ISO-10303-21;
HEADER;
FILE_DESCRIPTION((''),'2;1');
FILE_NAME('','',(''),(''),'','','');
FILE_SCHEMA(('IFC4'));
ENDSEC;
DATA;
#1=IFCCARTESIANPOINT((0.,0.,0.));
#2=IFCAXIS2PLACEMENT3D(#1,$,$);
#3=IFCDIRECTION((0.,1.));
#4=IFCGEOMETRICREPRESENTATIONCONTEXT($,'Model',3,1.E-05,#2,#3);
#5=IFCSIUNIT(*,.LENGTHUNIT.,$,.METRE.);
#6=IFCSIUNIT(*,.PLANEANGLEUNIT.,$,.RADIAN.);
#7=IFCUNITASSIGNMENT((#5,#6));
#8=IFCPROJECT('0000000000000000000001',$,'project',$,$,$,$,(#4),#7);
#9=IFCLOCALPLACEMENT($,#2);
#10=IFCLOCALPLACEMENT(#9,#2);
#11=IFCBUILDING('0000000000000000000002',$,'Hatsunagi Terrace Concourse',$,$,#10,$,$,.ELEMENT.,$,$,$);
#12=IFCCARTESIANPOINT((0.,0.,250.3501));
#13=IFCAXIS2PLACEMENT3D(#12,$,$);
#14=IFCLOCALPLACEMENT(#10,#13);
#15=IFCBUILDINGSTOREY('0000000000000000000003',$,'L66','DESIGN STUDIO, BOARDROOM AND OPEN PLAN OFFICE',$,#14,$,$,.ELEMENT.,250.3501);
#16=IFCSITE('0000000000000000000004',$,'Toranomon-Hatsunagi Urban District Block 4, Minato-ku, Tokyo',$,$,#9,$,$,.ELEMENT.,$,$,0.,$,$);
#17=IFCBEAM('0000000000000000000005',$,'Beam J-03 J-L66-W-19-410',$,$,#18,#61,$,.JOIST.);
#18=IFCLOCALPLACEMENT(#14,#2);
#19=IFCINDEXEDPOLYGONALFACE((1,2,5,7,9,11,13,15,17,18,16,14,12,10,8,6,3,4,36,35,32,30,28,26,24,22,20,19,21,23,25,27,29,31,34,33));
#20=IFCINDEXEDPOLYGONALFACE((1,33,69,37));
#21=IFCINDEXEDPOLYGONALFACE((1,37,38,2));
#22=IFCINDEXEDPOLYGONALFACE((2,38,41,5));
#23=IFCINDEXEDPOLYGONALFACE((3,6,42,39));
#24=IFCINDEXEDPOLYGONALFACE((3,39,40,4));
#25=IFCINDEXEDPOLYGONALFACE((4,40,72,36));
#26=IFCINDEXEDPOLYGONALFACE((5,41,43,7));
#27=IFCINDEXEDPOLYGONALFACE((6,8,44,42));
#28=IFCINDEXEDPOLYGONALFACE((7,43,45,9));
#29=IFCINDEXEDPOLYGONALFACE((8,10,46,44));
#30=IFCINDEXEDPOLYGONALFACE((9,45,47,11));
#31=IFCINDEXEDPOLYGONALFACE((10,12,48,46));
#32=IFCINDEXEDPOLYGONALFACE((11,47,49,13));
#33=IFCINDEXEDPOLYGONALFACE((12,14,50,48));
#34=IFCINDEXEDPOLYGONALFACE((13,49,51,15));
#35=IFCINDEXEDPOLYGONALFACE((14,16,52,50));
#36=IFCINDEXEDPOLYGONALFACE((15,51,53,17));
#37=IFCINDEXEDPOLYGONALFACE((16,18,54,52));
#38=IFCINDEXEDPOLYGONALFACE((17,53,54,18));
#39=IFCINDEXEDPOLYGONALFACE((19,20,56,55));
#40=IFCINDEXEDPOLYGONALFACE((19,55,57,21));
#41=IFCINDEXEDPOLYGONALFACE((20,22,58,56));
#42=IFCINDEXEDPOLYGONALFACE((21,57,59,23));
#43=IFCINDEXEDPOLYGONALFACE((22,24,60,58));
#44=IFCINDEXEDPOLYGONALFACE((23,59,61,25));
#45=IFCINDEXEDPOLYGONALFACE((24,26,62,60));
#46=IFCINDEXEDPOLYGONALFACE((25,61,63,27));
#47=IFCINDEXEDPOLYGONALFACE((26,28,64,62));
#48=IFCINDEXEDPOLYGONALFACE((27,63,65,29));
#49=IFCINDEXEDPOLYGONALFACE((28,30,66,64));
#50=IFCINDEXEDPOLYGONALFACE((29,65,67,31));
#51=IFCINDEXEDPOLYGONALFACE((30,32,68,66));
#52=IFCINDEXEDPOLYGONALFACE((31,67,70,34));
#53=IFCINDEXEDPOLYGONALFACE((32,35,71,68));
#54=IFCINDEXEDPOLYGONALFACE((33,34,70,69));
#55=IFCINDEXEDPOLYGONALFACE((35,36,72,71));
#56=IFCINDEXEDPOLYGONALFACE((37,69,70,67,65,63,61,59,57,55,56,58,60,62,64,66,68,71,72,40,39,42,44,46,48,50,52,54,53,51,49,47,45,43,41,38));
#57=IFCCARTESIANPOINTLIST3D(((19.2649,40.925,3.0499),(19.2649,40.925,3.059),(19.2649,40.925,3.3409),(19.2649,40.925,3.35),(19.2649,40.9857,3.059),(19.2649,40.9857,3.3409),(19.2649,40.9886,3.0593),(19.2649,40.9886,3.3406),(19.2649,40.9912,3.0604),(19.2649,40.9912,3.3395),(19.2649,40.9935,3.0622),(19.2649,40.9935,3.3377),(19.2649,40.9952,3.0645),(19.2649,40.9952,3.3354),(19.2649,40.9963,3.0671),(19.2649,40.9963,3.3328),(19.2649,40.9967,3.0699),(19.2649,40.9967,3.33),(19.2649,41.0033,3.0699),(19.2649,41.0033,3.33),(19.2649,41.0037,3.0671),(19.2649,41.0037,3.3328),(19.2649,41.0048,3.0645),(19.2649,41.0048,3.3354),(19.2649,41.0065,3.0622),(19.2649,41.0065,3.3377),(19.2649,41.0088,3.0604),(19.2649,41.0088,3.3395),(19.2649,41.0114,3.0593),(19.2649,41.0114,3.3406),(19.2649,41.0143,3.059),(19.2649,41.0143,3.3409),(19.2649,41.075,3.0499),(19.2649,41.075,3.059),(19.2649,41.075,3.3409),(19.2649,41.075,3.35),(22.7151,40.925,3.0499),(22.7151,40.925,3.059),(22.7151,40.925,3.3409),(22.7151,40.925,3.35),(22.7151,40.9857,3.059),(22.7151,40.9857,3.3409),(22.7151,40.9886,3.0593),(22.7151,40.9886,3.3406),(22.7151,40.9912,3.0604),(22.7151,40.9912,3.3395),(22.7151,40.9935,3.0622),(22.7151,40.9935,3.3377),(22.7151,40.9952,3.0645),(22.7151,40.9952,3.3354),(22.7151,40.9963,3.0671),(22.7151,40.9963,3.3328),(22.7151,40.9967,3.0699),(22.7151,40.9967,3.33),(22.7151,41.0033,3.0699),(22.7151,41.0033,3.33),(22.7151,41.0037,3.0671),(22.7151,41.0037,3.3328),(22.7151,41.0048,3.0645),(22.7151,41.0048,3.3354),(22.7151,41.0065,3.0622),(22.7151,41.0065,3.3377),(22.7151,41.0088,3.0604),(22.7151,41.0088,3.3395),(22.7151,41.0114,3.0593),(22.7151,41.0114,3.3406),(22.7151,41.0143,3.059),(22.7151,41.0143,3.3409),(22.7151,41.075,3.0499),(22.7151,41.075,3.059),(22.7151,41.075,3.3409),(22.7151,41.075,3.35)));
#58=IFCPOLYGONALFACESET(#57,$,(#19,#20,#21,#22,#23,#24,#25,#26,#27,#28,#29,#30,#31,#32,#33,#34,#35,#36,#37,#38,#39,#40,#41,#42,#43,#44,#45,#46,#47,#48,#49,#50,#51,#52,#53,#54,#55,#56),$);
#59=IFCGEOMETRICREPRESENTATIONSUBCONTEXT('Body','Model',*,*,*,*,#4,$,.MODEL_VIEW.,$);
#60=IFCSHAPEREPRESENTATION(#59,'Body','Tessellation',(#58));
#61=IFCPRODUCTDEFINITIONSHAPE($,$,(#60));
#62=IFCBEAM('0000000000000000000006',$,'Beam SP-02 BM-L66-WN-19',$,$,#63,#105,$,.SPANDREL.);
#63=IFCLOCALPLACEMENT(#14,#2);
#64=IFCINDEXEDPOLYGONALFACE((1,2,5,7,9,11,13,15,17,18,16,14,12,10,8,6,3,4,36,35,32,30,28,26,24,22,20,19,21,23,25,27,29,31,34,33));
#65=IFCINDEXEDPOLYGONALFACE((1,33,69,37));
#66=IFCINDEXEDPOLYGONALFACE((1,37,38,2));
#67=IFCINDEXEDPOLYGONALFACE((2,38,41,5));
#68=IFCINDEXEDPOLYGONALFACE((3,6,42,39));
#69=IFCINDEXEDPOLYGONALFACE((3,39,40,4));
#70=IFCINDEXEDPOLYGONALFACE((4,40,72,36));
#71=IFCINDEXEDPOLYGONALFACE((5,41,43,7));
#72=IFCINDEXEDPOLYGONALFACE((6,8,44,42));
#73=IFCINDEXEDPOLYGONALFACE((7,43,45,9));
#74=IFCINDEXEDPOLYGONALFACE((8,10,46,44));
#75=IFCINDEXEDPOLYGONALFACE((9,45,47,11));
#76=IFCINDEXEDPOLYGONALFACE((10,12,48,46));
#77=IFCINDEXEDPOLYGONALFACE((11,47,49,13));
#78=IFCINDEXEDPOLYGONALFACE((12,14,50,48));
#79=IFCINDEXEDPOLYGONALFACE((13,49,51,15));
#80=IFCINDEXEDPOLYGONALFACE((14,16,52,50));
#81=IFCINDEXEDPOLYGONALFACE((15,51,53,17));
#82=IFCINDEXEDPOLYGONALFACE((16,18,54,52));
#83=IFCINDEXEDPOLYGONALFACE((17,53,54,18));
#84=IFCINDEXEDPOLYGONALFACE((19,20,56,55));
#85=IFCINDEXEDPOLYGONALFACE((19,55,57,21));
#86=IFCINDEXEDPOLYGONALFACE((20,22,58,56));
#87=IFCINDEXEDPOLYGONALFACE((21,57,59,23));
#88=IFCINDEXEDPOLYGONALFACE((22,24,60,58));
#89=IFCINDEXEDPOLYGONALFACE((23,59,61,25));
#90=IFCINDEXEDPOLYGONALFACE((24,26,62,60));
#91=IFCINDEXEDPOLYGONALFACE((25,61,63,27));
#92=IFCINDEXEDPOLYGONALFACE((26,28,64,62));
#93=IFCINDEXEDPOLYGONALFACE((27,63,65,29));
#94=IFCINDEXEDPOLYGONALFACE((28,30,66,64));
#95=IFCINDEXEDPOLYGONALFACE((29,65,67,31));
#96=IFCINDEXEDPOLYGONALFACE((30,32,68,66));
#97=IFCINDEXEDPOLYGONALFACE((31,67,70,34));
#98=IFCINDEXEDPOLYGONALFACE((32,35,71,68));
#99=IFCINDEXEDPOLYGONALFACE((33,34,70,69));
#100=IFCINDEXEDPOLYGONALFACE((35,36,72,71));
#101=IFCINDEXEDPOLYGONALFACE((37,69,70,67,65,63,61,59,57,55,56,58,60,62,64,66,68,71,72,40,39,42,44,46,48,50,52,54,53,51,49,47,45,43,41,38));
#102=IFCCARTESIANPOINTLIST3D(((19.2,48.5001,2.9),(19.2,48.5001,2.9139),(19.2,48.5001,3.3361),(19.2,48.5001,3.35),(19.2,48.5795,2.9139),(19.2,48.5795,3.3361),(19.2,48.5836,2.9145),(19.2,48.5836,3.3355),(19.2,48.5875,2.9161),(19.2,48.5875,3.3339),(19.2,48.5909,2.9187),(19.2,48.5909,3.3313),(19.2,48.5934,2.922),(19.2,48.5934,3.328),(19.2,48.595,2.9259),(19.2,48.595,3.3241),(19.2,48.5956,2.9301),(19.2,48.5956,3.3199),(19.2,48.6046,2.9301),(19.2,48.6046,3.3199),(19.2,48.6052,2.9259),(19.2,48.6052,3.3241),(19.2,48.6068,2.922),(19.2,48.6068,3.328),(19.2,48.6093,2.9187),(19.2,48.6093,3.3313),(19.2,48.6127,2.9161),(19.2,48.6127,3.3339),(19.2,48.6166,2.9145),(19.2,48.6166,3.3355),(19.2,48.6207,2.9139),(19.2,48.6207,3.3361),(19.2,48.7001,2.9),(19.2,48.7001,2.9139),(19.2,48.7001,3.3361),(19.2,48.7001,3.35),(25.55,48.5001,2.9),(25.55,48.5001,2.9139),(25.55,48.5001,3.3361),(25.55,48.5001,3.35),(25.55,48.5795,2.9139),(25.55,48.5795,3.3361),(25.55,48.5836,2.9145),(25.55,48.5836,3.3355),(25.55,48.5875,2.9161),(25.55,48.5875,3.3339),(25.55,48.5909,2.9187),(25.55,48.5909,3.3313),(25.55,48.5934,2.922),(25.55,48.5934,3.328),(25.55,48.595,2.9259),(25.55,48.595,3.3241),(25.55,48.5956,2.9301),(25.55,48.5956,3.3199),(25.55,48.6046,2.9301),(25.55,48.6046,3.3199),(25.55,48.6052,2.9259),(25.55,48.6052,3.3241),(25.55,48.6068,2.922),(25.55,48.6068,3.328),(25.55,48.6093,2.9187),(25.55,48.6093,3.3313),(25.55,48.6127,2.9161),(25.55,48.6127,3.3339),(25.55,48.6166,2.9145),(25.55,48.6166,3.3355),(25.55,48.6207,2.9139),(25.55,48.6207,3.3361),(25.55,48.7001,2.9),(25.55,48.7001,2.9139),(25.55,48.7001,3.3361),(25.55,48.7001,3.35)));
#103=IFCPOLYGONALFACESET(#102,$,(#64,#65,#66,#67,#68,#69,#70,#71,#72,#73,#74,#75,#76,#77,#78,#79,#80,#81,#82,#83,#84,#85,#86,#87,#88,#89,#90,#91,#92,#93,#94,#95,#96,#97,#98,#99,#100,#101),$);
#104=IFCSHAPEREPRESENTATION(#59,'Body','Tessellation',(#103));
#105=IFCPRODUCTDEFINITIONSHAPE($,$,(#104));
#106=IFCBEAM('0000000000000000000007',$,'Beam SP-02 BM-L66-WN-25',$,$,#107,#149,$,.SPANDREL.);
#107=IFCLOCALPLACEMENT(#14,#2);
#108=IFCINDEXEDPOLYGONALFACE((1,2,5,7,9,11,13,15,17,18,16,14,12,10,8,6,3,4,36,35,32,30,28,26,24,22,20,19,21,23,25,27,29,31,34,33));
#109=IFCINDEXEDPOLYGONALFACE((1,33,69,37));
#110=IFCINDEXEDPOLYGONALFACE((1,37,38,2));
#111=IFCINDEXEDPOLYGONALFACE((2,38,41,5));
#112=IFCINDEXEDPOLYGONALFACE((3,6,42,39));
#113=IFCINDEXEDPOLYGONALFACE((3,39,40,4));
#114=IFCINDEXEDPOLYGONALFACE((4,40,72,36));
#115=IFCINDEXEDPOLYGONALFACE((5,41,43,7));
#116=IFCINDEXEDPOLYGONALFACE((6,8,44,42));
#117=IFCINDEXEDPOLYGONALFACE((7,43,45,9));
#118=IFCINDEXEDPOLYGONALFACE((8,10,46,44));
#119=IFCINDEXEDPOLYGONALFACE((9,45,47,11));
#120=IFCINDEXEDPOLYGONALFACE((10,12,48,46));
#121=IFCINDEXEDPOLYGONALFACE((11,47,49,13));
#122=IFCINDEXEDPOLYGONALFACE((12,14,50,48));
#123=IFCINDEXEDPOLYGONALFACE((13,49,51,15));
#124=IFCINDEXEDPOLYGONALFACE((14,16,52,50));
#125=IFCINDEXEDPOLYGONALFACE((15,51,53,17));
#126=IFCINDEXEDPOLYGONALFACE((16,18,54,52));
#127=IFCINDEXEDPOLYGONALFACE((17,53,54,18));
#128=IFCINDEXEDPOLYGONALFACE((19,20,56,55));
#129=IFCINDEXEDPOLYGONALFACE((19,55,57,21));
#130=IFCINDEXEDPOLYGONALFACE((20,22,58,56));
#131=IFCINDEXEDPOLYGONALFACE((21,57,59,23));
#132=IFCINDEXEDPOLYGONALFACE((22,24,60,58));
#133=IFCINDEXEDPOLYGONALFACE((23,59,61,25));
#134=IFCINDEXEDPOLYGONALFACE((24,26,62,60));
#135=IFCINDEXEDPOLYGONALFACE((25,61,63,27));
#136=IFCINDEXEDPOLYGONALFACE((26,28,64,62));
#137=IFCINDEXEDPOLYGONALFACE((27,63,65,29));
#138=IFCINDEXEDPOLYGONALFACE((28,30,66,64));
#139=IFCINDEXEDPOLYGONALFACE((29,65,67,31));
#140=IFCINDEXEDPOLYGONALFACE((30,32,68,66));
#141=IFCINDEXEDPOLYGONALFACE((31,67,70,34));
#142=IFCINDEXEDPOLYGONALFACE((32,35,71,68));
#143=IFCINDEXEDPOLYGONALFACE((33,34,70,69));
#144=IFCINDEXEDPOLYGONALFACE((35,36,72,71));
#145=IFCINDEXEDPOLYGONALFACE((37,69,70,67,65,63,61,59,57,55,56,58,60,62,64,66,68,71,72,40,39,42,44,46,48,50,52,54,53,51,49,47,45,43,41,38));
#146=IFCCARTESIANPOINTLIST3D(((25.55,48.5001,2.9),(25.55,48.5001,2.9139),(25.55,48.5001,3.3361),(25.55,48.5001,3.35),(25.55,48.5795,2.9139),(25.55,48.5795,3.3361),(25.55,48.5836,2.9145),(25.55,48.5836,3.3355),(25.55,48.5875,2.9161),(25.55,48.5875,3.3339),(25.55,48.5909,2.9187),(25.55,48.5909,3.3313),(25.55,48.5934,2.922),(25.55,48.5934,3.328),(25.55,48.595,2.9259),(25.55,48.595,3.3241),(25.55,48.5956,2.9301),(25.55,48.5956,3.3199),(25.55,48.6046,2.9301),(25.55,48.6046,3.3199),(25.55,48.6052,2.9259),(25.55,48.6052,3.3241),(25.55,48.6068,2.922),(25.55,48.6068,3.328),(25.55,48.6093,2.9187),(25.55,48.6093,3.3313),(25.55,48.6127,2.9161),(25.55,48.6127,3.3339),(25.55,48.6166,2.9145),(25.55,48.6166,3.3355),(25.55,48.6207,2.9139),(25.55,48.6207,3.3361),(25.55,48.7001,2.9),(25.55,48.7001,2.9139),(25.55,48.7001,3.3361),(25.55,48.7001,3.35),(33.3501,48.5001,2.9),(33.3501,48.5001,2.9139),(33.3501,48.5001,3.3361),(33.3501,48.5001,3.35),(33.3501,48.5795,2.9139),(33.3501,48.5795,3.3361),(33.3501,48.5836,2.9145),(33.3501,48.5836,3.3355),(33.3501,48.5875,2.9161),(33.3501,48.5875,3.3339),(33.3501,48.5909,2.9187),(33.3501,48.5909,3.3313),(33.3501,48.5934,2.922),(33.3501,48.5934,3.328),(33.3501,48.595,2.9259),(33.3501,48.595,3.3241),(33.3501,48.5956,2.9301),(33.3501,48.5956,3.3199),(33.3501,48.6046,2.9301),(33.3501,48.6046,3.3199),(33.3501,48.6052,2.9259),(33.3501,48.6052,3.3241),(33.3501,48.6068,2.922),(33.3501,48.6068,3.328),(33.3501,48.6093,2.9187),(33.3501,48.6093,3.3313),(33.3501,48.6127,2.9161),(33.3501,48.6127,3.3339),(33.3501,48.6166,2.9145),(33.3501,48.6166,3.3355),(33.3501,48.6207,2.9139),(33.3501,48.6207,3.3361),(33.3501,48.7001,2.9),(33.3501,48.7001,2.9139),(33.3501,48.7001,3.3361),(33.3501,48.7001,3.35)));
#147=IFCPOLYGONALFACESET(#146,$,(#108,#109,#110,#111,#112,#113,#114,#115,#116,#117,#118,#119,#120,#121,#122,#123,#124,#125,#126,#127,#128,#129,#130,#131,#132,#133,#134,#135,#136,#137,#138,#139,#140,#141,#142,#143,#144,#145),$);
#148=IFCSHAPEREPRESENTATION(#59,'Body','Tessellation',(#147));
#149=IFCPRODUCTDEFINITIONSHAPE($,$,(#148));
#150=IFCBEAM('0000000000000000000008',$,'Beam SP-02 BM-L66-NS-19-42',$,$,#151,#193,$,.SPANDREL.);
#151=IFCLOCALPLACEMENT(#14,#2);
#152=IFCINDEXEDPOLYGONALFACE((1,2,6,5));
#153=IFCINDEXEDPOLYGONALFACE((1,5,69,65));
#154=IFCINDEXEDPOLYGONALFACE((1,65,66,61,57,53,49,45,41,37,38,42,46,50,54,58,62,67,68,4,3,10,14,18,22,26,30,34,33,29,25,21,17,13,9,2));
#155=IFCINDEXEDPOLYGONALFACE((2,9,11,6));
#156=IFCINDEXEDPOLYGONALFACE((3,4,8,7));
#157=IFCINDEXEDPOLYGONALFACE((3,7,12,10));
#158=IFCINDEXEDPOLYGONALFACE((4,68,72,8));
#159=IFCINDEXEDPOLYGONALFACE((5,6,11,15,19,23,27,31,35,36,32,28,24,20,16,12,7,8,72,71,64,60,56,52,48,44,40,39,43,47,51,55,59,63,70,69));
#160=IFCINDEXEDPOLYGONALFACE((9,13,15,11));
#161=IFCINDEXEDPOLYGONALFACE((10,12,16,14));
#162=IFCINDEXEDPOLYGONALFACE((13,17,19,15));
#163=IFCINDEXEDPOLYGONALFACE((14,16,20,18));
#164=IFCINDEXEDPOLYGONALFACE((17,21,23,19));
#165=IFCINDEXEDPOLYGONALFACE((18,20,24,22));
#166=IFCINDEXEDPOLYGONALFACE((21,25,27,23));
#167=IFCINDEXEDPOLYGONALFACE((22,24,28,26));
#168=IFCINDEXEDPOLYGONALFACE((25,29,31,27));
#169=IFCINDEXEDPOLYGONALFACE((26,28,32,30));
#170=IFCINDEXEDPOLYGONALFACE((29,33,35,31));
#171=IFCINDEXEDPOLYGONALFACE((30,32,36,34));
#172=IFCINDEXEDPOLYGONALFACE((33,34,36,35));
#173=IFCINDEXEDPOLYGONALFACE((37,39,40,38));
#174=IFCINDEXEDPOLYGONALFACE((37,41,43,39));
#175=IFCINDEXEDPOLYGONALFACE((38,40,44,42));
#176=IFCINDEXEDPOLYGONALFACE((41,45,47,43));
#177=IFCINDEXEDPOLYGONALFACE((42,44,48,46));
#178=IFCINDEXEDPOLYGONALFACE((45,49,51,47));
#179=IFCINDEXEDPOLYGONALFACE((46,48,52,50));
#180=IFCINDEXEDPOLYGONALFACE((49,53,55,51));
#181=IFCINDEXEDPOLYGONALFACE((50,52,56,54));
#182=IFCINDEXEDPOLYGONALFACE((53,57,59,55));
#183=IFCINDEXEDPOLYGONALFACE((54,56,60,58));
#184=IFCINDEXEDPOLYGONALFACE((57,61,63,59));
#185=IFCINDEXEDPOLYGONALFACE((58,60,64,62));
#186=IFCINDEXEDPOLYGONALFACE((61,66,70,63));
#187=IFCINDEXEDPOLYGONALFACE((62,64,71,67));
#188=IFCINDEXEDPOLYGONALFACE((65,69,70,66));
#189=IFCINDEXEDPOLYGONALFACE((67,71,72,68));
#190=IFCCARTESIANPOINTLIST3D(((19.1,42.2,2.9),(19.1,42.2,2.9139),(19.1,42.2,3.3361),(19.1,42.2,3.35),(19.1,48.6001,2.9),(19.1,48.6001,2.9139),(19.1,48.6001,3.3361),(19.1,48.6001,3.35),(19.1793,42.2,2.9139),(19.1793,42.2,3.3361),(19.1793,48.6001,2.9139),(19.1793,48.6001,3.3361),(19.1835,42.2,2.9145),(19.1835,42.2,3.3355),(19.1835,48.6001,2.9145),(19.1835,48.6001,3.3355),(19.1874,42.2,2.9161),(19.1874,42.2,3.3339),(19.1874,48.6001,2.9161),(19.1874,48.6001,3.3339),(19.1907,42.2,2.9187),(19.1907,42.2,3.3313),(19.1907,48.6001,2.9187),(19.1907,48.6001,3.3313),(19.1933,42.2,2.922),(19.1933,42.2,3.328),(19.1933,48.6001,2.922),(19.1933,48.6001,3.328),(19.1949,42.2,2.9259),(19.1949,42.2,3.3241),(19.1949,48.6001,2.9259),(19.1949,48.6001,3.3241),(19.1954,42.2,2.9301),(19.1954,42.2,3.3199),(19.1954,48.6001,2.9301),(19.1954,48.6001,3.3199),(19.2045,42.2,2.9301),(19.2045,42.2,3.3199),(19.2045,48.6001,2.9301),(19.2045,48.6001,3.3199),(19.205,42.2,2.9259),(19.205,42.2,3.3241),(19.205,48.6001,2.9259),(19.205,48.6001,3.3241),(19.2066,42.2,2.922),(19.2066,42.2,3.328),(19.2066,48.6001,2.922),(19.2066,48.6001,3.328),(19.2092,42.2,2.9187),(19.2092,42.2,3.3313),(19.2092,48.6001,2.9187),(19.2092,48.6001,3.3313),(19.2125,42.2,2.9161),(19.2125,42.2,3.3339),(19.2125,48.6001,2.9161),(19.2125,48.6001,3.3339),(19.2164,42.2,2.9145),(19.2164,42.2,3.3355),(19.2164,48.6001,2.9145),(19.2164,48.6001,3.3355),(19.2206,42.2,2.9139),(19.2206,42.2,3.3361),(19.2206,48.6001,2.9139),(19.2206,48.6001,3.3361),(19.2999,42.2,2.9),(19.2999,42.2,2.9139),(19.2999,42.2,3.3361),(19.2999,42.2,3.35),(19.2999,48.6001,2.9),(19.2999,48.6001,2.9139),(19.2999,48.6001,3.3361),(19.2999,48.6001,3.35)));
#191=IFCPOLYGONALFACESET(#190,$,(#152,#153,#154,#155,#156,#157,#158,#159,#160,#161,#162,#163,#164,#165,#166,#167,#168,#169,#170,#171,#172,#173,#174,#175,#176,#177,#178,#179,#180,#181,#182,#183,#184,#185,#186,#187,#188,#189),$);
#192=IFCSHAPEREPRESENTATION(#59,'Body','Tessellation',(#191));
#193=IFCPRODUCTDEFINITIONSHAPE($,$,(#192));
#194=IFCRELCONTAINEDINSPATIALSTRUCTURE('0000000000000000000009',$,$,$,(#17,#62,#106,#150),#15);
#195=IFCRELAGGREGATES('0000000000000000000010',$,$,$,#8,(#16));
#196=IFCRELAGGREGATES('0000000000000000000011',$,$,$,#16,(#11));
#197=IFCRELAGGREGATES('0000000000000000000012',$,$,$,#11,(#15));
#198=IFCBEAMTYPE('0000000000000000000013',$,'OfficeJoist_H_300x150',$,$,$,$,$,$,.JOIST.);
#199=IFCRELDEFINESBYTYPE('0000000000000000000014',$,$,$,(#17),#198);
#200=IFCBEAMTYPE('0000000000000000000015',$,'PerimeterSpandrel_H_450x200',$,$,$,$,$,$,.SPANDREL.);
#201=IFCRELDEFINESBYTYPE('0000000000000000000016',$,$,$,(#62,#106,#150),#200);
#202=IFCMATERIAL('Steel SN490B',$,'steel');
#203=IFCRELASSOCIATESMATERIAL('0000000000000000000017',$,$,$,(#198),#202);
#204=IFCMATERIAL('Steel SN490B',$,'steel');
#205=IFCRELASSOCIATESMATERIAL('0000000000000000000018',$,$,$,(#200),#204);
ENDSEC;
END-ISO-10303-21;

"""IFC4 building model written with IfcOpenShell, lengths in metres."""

from ifc_helpers import new_model, si_unit, direction, frame, origin, origin_2d, place, context, subcontext, project, spatial, i_section, extrude, material, material_profile, profile_set, type_object, element, save


model = new_model("IFC4")

# Units and contexts
model_context = context("Model", 3, precision=1e-05, world=origin(), true_north=direction((0.0, 1.0)))
body_context = subcontext(model_context, "Body", "Model", "MODEL_VIEW")
ifc_project = project(units=[si_unit("LENGTHUNIT", "METRE"), si_unit("PLANEANGLEUNIT", "RADIAN")], contexts=[model_context])

# Site, building, storey
site_placement = place(None, origin())
site = spatial("IfcSite", under=ifc_project, at=site_placement, Name="Toranomon-Hatsunagi Urban District Block 4, Minato-ku, Tokyo", CompositionType="ELEMENT", RefElevation=0.0)
building_placement = place(site_placement, origin())
building = spatial("IfcBuilding", under=site, at=building_placement, Name="Hatsunagi Terrace Concourse", CompositionType="ELEMENT")
storey_placement = place(building_placement, frame((0.0, 0.0, 250.3501)))
storey = spatial("IfcBuildingStorey", under=building, at=storey_placement, Name="L66", Description="DESIGN STUDIO, BOARDROOM AND OPEN PLAN OFFICE", CompositionType="ELEMENT", Elevation=250.3501)

# Beams
ifc_material_1 = material(Name="Steel SN490B", Category="steel")
ifc_material_profile_1 = material_profile(ifc_material_1, i_section(OverallWidth=0.1499, OverallDepth=0.3, WebThickness=0.0066, FlangeThickness=0.009, FilletRadius=0.011, at=origin_2d()), Name="H-300x150x6.5x9")
ifc_profile_set_1 = profile_set([ifc_material_profile_1], Name="Steel SN490B")
beam_type_1 = type_object("IfcBeamType", Name="OfficeJoist_H_300x150", PredefinedType="JOIST", material=ifc_profile_set_1)
for number, where, z_axis, x_axis, name in (
    (1, (19.2649, 41.0, 3.2), (1.0, 0.0, 0.0), (0.0, 1.0, 0.0), "Beam J-03 J-L66-W-19-410"),
):
    element("IfcBeam", number, at=place(storey_placement, frame(where, z_axis=z_axis, x_axis=x_axis)), inside=storey, type_object=beam_type_1, Name=name, PredefinedType="JOIST", context=body_context, shape_type="SweptSolid", body=[
        extrude(i_section(OverallWidth=0.1499, OverallDepth=0.3, WebThickness=0.0066, FlangeThickness=0.009, FilletRadius=0.011, at=origin_2d()), origin(), (0.0, 0.0, 1.0), 3.4502),
    ])
ifc_material_2 = material(Name="Steel SN490B", Category="steel")
ifc_material_profile_2 = material_profile(ifc_material_2, i_section(OverallWidth=0.2, OverallDepth=0.45, WebThickness=0.009, FlangeThickness=0.0139, FilletRadius=0.0161, at=origin_2d()), Name="H-450x200x9x14")
ifc_profile_set_2 = profile_set([ifc_material_profile_2], Name="Steel SN490B")
beam_type_2 = type_object("IfcBeamType", Name="PerimeterSpandrel_H_450x200", PredefinedType="SPANDREL", material=ifc_profile_set_2)
beam_1_placement = place(storey_placement, frame((19.2, 48.6001, 3.125), z_axis=(1.0, 0.0, 0.0), x_axis=(0.0, 1.0, 0.0)))
element("IfcBeam", 2, at=beam_1_placement, inside=storey, type_object=beam_type_2, Name="Beam SP-02 BM-L66-WN-19", PredefinedType="SPANDREL", context=body_context, shape_type="SweptSolid", body=[
    extrude(i_section(OverallWidth=0.2, OverallDepth=0.45, WebThickness=0.009, FlangeThickness=0.0139, FilletRadius=0.0161, at=origin_2d()), origin(), (0.0, 0.0, 1.0), 6.3501),
])
beam_2_placement = place(storey_placement, frame((25.55, 48.6001, 3.125), z_axis=(1.0, 0.0, 0.0), x_axis=(0.0, 1.0, 0.0)))
element("IfcBeam", 3, at=beam_2_placement, inside=storey, type_object=beam_type_2, Name="Beam SP-02 BM-L66-WN-25", PredefinedType="SPANDREL", context=body_context, shape_type="SweptSolid", body=[
    extrude(i_section(OverallWidth=0.2, OverallDepth=0.45, WebThickness=0.009, FlangeThickness=0.0139, FilletRadius=0.0161, at=origin_2d()), origin(), (0.0, 0.0, 1.0), 7.8),
])
beam_3_placement = place(storey_placement, frame((19.2, 42.2, 3.125), z_axis=(0.0, 1.0, 0.0), x_axis=(-1.0, 0.0, 0.0)))
element("IfcBeam", 4, at=beam_3_placement, inside=storey, type_object=beam_type_2, Name="Beam SP-02 BM-L66-NS-19-42", PredefinedType="SPANDREL", context=body_context, shape_type="SweptSolid", body=[
    extrude(i_section(OverallWidth=0.2, OverallDepth=0.45, WebThickness=0.009, FlangeThickness=0.0139, FilletRadius=0.0161, at=origin_2d()), origin(), (0.0, 0.0, 1.0), 6.4001),
])

save(model, "model.ifc")
